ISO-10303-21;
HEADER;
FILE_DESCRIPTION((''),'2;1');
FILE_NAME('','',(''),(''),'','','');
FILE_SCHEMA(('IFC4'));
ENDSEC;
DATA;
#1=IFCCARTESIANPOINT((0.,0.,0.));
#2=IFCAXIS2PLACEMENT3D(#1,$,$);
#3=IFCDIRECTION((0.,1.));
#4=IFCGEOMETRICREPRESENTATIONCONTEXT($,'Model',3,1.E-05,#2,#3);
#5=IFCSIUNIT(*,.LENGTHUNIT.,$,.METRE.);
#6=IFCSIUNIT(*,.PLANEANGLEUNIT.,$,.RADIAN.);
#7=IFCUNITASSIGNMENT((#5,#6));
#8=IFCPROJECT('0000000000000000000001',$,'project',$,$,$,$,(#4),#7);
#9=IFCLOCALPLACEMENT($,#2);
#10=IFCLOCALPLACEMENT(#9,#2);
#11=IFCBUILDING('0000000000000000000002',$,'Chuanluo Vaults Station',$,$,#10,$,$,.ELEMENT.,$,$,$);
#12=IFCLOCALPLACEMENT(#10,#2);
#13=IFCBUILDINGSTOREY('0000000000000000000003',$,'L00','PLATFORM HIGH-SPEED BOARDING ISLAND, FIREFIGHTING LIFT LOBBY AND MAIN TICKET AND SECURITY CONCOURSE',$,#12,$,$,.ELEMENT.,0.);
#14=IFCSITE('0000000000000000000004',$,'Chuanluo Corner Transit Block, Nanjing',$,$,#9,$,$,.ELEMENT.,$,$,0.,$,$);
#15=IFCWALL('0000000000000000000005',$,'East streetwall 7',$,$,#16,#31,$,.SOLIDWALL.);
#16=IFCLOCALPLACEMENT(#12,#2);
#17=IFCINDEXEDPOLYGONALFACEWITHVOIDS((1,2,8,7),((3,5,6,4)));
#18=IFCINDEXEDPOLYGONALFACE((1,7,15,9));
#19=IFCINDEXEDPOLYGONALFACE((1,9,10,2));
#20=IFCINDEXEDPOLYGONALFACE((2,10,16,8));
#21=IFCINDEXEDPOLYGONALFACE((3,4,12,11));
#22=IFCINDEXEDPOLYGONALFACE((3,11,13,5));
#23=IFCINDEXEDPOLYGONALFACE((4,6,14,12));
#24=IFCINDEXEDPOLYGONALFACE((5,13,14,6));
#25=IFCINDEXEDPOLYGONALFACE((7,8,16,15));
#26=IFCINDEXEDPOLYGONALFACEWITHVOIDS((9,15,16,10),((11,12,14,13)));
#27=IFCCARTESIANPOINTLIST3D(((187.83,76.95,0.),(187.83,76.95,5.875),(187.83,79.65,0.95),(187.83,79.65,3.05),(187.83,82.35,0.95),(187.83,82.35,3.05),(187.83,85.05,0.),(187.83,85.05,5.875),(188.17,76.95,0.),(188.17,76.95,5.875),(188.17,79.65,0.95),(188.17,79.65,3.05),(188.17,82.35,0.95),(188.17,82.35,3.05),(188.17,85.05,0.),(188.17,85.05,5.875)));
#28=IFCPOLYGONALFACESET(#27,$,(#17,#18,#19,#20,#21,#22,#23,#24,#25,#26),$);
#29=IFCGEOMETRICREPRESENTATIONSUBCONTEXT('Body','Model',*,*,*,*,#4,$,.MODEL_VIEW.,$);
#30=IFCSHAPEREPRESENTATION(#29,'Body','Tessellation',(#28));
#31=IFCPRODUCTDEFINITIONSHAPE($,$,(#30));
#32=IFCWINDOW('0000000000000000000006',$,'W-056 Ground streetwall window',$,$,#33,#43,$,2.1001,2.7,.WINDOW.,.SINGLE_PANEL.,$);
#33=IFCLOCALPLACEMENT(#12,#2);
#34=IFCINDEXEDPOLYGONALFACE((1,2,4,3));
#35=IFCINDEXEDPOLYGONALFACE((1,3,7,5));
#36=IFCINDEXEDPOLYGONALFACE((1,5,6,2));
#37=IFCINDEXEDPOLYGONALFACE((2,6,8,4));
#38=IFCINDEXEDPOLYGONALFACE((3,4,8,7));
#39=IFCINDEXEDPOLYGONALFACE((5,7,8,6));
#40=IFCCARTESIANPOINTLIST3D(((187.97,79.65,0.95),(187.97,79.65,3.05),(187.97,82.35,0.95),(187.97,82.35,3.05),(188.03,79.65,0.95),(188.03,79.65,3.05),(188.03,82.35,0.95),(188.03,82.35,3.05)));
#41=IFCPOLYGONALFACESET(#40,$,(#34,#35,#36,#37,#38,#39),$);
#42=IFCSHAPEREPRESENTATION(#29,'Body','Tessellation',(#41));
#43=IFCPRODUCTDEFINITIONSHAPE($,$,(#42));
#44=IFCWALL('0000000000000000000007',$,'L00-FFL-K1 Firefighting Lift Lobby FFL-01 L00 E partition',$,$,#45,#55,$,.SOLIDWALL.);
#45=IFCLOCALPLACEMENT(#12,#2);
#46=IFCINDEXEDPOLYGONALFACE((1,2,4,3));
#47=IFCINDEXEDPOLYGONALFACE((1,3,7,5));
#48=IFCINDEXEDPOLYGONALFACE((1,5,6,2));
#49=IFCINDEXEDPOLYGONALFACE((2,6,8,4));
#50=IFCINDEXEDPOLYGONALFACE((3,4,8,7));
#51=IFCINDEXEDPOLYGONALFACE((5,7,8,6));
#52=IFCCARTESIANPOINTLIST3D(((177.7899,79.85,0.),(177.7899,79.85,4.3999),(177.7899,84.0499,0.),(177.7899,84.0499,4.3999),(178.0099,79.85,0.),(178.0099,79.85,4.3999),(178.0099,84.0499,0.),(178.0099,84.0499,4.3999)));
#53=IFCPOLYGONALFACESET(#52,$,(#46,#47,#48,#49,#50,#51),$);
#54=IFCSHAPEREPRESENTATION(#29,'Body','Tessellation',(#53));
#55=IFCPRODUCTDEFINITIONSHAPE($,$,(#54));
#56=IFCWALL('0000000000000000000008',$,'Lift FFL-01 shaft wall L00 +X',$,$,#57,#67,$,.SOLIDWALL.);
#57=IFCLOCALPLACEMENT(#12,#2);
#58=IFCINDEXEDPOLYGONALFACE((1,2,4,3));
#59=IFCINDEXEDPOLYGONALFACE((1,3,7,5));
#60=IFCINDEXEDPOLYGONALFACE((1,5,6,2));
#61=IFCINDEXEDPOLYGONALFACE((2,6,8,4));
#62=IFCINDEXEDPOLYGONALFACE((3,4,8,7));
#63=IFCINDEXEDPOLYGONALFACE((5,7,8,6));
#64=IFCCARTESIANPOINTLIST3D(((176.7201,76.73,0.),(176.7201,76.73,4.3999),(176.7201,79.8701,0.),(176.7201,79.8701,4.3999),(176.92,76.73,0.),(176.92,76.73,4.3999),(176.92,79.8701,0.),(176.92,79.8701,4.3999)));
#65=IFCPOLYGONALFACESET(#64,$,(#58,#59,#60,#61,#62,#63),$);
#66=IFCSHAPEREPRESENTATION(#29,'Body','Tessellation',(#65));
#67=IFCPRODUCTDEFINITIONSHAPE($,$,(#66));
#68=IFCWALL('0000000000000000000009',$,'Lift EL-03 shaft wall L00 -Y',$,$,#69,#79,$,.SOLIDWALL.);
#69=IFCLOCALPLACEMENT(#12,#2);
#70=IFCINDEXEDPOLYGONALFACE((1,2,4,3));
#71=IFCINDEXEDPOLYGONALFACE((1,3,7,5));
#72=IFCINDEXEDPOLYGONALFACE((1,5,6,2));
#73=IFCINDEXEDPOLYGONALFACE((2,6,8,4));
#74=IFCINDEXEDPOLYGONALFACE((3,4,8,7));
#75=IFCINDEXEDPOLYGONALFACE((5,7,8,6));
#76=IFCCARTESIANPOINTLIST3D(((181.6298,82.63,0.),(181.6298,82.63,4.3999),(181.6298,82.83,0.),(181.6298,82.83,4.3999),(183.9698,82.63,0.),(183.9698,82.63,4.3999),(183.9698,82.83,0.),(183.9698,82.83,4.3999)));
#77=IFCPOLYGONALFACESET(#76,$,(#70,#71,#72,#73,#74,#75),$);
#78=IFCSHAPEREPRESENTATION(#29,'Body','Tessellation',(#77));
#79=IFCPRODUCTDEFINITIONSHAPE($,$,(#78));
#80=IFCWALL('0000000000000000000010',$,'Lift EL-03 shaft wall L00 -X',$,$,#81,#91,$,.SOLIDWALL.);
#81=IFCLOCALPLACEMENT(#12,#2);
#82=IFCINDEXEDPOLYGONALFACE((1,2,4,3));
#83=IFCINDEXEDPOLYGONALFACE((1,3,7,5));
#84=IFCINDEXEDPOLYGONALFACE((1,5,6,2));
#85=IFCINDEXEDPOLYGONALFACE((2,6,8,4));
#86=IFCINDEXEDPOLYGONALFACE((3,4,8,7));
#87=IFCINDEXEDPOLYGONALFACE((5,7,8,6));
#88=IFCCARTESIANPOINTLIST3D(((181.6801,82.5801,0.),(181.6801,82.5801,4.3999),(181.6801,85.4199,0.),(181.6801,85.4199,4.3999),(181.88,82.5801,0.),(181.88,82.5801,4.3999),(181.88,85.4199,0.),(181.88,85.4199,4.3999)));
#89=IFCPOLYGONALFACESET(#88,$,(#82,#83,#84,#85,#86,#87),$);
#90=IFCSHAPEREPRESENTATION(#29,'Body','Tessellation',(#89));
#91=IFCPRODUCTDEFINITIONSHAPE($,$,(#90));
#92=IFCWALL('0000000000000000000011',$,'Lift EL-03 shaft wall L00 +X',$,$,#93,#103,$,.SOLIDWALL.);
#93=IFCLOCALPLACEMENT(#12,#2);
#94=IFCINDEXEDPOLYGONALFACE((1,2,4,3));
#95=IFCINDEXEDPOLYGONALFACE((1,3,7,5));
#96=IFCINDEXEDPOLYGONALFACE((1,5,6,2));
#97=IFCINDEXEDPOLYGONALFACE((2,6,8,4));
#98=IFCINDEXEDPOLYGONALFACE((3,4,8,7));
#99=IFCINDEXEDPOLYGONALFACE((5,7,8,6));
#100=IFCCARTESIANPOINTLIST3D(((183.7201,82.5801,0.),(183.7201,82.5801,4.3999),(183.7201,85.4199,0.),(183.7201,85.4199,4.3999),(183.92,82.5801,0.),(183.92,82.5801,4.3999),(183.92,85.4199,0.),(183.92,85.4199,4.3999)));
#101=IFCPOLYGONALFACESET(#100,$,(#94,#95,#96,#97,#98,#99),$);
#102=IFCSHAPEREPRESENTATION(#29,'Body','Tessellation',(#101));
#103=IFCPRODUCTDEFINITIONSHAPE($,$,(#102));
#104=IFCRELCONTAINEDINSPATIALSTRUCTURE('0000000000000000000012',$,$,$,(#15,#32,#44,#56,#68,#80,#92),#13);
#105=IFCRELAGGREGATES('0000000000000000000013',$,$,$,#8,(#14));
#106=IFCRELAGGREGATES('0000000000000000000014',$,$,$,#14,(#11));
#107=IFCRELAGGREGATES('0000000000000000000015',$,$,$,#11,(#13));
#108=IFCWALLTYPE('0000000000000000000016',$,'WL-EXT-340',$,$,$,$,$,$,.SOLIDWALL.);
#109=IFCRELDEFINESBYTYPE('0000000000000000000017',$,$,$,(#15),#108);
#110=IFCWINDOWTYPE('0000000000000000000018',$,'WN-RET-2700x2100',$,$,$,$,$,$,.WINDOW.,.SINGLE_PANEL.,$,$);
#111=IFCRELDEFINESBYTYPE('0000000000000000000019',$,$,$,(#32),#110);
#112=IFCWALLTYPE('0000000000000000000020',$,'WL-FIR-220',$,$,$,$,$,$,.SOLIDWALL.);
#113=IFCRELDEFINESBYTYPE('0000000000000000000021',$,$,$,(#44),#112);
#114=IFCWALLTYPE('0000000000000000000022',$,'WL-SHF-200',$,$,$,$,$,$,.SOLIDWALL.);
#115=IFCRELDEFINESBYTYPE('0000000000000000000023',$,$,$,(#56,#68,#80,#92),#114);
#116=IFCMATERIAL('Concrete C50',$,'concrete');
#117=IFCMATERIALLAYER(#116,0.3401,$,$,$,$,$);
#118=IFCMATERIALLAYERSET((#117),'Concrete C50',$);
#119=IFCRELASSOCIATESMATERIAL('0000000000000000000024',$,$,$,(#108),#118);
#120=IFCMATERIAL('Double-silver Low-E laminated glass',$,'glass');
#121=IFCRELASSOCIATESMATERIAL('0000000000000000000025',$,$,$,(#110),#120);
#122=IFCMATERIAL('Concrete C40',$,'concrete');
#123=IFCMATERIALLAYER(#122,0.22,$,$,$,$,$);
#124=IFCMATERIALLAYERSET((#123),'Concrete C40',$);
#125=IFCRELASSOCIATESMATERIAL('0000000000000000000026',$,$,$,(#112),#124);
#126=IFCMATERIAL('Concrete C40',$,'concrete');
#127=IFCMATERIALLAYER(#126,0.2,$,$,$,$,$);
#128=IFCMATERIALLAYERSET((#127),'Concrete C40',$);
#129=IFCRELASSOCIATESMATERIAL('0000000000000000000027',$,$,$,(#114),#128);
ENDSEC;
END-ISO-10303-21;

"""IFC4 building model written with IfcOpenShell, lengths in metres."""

from ifc_helpers import new_model, si_unit, direction, frame, frame_2d, origin, place, context, subcontext, project, spatial, rectangle, extrude, material, layer, layer_set, type_object, element, fill, save


model = new_model("IFC4")

# Units and contexts
model_context = context("Model", 3, precision=1e-05, world=origin(), true_north=direction((0.0, 1.0)))
body_context = subcontext(model_context, "Body", "Model", "MODEL_VIEW")
ifc_project = project(units=[si_unit("LENGTHUNIT", "METRE"), si_unit("PLANEANGLEUNIT", "RADIAN")], contexts=[model_context])

# Site, building, storey
site_placement = place(None, origin())
site = spatial("IfcSite", under=ifc_project, at=site_placement, Name="Chuanluo Corner Transit Block, Nanjing", CompositionType="ELEMENT", RefElevation=0.0)
building_placement = place(site_placement, origin())
building = spatial("IfcBuilding", under=site, at=building_placement, Name="Chuanluo Vaults Station", CompositionType="ELEMENT")
storey_placement = place(building_placement, origin())
storey = spatial("IfcBuildingStorey", under=building, at=storey_placement, Name="L00", Description="PLATFORM HIGH-SPEED BOARDING ISLAND, FIREFIGHTING LIFT LOBBY AND MAIN TICKET AND SECURITY CONCOURSE", CompositionType="ELEMENT", Elevation=0.0)

# Wall, opening, window
ifc_material_1 = material(Name="Concrete C50", Category="concrete")
ifc_layer_1 = layer(ifc_material_1, 0.3401)
ifc_layer_set_1 = layer_set([ifc_layer_1], Name="Concrete C50")
wall_type_1 = type_object("IfcWallType", Name="WL-EXT-340", PredefinedType="SOLIDWALL", material=ifc_layer_set_1)
wall_1_placement = place(storey_placement, frame((188.0, 85.05, 0.0), z_axis=(0.0, 0.0, 1.0), x_axis=(0.0, -1.0, 0.0)))
wall_1 = element("IfcWall", 1, at=wall_1_placement, inside=storey, type_object=wall_type_1, Name="East streetwall 7", PredefinedType="SOLIDWALL", context=body_context, shape_type="SweptSolid", body=[
    extrude(rectangle(XDim=8.1001, YDim=0.3401, at=frame_2d((4.05, 0.0))), origin(), (0.0, 0.0, 1.0), 5.875),
])
opening_1_placement = place(wall_1_placement, frame((2.7, 0.0, 0.95)))
opening_1 = element("IfcOpeningElement", 2, at=opening_1_placement, cuts=wall_1, PredefinedType="OPENING", context=body_context, shape_type="SweptSolid", body=[
    extrude(rectangle(XDim=2.7, YDim=2.1001, at=frame_2d((1.3501, 1.05))), frame((0.0, 0.1799, 0.0), z_axis=(0.0, -1.0, 0.0), x_axis=(1.0, 0.0, 0.0)), (0.0, 0.0, 1.0), 0.3601),
])
ifc_material_2 = material(Name="Double-silver Low-E laminated glass", Category="glass")
window_type_1 = type_object("IfcWindowType", Name="WN-RET-2700x2100", PartitioningType="SINGLE_PANEL", PredefinedType="WINDOW", material=ifc_material_2)
window_1_placement = place(opening_1_placement, origin())
window_1 = element("IfcWindow", 3, at=window_1_placement, inside=storey, type_object=window_type_1, Name="W-056 Ground streetwall window", OverallHeight=2.1001, OverallWidth=2.7, PartitioningType="SINGLE_PANEL", PredefinedType="WINDOW", context=body_context, shape_type="SweptSolid", body=[
    extrude(rectangle(XDim=2.7, YDim=2.1001, at=frame_2d((1.3501, 1.05))), frame((0.0, 0.03, 0.0), z_axis=(0.0, -1.0, 0.0), x_axis=(1.0, 0.0, 0.0)), (0.0, 0.0, 1.0), 0.0601),
])
fill(opening_1, window_1)

# Wall
ifc_material_3 = material(Name="Concrete C40", Category="concrete")
ifc_layer_2 = layer(ifc_material_3, 0.22)
ifc_layer_set_2 = layer_set([ifc_layer_2], Name="Concrete C40")
wall_type_2 = type_object("IfcWallType", Name="WL-FIR-220", PredefinedType="SOLIDWALL", material=ifc_layer_set_2)
wall_2_placement = place(storey_placement, frame((177.8999, 84.05, 0.0), z_axis=(0.0, 0.0, 1.0), x_axis=(0.0, -1.0, 0.0)))
element("IfcWall", 4, at=wall_2_placement, inside=storey, type_object=wall_type_2, Name="L00-FFL-K1 Firefighting Lift Lobby FFL-01 L00 E partition", PredefinedType="SOLIDWALL", context=body_context, shape_type="SweptSolid", body=[
    extrude(rectangle(XDim=4.2, YDim=0.22, at=frame_2d((2.1001, 0.0))), origin(), (0.0, 0.0, 1.0), 4.3999),
])

# Shared definitions
ifc_material_4 = material(Name="Concrete C40", Category="concrete")
ifc_layer_3 = layer(ifc_material_4, 0.2)
ifc_layer_set_3 = layer_set([ifc_layer_3], Name="Concrete C40")
wall_type_3 = type_object("IfcWallType", Name="WL-SHF-200", PredefinedType="SOLIDWALL", material=ifc_layer_set_3)

# Walls
wall_3_placement = place(storey_placement, frame((176.8201, 76.73, 0.0), z_axis=(0.0, 0.0, 1.0), x_axis=(0.0, 1.0, 0.0)))
element("IfcWall", 5, at=wall_3_placement, inside=storey, type_object=wall_type_3, Name="Lift FFL-01 shaft wall L00 +X", PredefinedType="SOLIDWALL", context=body_context, shape_type="SweptSolid", body=[
    extrude(rectangle(XDim=3.1401, YDim=0.2, at=frame_2d((1.5701, 0.0))), origin(), (0.0, 0.0, 1.0), 4.3999),
])
wall_4_placement = place(storey_placement, frame((181.6299, 82.73, 0.0), z_axis=(0.0, 0.0, 1.0), x_axis=(1.0, 0.0, 0.0)))
element("IfcWall", 6, at=wall_4_placement, inside=storey, type_object=wall_type_3, Name="Lift EL-03 shaft wall L00 -Y", PredefinedType="SOLIDWALL", context=body_context, shape_type="SweptSolid", body=[
    extrude(rectangle(XDim=2.3401, YDim=0.2, at=frame_2d((1.1699, 0.0))), origin(), (0.0, 0.0, 1.0), 4.3999),
])

# Walls
for number, where, z_axis, x_axis, name in (
    (7, (181.78, 85.4199, 0.0), (0.0, 0.0, 1.0), (0.0, -1.0, 0.0), "Lift EL-03 shaft wall L00 -X"),
    (8, (183.8201, 82.5801, 0.0), (0.0, 0.0, 1.0), (0.0, 1.0, 0.0), "Lift EL-03 shaft wall L00 +X"),
):
    element("IfcWall", number, at=place(storey_placement, frame(where, z_axis=z_axis, x_axis=x_axis)), inside=storey, type_object=wall_type_3, Name=name, PredefinedType="SOLIDWALL", context=body_context, shape_type="SweptSolid", body=[
        extrude(rectangle(XDim=2.8398, YDim=0.2, at=frame_2d((1.4199, 0.0))), origin(), (0.0, 0.0, 1.0), 4.3999),
    ])

save(model, "model.ifc")
